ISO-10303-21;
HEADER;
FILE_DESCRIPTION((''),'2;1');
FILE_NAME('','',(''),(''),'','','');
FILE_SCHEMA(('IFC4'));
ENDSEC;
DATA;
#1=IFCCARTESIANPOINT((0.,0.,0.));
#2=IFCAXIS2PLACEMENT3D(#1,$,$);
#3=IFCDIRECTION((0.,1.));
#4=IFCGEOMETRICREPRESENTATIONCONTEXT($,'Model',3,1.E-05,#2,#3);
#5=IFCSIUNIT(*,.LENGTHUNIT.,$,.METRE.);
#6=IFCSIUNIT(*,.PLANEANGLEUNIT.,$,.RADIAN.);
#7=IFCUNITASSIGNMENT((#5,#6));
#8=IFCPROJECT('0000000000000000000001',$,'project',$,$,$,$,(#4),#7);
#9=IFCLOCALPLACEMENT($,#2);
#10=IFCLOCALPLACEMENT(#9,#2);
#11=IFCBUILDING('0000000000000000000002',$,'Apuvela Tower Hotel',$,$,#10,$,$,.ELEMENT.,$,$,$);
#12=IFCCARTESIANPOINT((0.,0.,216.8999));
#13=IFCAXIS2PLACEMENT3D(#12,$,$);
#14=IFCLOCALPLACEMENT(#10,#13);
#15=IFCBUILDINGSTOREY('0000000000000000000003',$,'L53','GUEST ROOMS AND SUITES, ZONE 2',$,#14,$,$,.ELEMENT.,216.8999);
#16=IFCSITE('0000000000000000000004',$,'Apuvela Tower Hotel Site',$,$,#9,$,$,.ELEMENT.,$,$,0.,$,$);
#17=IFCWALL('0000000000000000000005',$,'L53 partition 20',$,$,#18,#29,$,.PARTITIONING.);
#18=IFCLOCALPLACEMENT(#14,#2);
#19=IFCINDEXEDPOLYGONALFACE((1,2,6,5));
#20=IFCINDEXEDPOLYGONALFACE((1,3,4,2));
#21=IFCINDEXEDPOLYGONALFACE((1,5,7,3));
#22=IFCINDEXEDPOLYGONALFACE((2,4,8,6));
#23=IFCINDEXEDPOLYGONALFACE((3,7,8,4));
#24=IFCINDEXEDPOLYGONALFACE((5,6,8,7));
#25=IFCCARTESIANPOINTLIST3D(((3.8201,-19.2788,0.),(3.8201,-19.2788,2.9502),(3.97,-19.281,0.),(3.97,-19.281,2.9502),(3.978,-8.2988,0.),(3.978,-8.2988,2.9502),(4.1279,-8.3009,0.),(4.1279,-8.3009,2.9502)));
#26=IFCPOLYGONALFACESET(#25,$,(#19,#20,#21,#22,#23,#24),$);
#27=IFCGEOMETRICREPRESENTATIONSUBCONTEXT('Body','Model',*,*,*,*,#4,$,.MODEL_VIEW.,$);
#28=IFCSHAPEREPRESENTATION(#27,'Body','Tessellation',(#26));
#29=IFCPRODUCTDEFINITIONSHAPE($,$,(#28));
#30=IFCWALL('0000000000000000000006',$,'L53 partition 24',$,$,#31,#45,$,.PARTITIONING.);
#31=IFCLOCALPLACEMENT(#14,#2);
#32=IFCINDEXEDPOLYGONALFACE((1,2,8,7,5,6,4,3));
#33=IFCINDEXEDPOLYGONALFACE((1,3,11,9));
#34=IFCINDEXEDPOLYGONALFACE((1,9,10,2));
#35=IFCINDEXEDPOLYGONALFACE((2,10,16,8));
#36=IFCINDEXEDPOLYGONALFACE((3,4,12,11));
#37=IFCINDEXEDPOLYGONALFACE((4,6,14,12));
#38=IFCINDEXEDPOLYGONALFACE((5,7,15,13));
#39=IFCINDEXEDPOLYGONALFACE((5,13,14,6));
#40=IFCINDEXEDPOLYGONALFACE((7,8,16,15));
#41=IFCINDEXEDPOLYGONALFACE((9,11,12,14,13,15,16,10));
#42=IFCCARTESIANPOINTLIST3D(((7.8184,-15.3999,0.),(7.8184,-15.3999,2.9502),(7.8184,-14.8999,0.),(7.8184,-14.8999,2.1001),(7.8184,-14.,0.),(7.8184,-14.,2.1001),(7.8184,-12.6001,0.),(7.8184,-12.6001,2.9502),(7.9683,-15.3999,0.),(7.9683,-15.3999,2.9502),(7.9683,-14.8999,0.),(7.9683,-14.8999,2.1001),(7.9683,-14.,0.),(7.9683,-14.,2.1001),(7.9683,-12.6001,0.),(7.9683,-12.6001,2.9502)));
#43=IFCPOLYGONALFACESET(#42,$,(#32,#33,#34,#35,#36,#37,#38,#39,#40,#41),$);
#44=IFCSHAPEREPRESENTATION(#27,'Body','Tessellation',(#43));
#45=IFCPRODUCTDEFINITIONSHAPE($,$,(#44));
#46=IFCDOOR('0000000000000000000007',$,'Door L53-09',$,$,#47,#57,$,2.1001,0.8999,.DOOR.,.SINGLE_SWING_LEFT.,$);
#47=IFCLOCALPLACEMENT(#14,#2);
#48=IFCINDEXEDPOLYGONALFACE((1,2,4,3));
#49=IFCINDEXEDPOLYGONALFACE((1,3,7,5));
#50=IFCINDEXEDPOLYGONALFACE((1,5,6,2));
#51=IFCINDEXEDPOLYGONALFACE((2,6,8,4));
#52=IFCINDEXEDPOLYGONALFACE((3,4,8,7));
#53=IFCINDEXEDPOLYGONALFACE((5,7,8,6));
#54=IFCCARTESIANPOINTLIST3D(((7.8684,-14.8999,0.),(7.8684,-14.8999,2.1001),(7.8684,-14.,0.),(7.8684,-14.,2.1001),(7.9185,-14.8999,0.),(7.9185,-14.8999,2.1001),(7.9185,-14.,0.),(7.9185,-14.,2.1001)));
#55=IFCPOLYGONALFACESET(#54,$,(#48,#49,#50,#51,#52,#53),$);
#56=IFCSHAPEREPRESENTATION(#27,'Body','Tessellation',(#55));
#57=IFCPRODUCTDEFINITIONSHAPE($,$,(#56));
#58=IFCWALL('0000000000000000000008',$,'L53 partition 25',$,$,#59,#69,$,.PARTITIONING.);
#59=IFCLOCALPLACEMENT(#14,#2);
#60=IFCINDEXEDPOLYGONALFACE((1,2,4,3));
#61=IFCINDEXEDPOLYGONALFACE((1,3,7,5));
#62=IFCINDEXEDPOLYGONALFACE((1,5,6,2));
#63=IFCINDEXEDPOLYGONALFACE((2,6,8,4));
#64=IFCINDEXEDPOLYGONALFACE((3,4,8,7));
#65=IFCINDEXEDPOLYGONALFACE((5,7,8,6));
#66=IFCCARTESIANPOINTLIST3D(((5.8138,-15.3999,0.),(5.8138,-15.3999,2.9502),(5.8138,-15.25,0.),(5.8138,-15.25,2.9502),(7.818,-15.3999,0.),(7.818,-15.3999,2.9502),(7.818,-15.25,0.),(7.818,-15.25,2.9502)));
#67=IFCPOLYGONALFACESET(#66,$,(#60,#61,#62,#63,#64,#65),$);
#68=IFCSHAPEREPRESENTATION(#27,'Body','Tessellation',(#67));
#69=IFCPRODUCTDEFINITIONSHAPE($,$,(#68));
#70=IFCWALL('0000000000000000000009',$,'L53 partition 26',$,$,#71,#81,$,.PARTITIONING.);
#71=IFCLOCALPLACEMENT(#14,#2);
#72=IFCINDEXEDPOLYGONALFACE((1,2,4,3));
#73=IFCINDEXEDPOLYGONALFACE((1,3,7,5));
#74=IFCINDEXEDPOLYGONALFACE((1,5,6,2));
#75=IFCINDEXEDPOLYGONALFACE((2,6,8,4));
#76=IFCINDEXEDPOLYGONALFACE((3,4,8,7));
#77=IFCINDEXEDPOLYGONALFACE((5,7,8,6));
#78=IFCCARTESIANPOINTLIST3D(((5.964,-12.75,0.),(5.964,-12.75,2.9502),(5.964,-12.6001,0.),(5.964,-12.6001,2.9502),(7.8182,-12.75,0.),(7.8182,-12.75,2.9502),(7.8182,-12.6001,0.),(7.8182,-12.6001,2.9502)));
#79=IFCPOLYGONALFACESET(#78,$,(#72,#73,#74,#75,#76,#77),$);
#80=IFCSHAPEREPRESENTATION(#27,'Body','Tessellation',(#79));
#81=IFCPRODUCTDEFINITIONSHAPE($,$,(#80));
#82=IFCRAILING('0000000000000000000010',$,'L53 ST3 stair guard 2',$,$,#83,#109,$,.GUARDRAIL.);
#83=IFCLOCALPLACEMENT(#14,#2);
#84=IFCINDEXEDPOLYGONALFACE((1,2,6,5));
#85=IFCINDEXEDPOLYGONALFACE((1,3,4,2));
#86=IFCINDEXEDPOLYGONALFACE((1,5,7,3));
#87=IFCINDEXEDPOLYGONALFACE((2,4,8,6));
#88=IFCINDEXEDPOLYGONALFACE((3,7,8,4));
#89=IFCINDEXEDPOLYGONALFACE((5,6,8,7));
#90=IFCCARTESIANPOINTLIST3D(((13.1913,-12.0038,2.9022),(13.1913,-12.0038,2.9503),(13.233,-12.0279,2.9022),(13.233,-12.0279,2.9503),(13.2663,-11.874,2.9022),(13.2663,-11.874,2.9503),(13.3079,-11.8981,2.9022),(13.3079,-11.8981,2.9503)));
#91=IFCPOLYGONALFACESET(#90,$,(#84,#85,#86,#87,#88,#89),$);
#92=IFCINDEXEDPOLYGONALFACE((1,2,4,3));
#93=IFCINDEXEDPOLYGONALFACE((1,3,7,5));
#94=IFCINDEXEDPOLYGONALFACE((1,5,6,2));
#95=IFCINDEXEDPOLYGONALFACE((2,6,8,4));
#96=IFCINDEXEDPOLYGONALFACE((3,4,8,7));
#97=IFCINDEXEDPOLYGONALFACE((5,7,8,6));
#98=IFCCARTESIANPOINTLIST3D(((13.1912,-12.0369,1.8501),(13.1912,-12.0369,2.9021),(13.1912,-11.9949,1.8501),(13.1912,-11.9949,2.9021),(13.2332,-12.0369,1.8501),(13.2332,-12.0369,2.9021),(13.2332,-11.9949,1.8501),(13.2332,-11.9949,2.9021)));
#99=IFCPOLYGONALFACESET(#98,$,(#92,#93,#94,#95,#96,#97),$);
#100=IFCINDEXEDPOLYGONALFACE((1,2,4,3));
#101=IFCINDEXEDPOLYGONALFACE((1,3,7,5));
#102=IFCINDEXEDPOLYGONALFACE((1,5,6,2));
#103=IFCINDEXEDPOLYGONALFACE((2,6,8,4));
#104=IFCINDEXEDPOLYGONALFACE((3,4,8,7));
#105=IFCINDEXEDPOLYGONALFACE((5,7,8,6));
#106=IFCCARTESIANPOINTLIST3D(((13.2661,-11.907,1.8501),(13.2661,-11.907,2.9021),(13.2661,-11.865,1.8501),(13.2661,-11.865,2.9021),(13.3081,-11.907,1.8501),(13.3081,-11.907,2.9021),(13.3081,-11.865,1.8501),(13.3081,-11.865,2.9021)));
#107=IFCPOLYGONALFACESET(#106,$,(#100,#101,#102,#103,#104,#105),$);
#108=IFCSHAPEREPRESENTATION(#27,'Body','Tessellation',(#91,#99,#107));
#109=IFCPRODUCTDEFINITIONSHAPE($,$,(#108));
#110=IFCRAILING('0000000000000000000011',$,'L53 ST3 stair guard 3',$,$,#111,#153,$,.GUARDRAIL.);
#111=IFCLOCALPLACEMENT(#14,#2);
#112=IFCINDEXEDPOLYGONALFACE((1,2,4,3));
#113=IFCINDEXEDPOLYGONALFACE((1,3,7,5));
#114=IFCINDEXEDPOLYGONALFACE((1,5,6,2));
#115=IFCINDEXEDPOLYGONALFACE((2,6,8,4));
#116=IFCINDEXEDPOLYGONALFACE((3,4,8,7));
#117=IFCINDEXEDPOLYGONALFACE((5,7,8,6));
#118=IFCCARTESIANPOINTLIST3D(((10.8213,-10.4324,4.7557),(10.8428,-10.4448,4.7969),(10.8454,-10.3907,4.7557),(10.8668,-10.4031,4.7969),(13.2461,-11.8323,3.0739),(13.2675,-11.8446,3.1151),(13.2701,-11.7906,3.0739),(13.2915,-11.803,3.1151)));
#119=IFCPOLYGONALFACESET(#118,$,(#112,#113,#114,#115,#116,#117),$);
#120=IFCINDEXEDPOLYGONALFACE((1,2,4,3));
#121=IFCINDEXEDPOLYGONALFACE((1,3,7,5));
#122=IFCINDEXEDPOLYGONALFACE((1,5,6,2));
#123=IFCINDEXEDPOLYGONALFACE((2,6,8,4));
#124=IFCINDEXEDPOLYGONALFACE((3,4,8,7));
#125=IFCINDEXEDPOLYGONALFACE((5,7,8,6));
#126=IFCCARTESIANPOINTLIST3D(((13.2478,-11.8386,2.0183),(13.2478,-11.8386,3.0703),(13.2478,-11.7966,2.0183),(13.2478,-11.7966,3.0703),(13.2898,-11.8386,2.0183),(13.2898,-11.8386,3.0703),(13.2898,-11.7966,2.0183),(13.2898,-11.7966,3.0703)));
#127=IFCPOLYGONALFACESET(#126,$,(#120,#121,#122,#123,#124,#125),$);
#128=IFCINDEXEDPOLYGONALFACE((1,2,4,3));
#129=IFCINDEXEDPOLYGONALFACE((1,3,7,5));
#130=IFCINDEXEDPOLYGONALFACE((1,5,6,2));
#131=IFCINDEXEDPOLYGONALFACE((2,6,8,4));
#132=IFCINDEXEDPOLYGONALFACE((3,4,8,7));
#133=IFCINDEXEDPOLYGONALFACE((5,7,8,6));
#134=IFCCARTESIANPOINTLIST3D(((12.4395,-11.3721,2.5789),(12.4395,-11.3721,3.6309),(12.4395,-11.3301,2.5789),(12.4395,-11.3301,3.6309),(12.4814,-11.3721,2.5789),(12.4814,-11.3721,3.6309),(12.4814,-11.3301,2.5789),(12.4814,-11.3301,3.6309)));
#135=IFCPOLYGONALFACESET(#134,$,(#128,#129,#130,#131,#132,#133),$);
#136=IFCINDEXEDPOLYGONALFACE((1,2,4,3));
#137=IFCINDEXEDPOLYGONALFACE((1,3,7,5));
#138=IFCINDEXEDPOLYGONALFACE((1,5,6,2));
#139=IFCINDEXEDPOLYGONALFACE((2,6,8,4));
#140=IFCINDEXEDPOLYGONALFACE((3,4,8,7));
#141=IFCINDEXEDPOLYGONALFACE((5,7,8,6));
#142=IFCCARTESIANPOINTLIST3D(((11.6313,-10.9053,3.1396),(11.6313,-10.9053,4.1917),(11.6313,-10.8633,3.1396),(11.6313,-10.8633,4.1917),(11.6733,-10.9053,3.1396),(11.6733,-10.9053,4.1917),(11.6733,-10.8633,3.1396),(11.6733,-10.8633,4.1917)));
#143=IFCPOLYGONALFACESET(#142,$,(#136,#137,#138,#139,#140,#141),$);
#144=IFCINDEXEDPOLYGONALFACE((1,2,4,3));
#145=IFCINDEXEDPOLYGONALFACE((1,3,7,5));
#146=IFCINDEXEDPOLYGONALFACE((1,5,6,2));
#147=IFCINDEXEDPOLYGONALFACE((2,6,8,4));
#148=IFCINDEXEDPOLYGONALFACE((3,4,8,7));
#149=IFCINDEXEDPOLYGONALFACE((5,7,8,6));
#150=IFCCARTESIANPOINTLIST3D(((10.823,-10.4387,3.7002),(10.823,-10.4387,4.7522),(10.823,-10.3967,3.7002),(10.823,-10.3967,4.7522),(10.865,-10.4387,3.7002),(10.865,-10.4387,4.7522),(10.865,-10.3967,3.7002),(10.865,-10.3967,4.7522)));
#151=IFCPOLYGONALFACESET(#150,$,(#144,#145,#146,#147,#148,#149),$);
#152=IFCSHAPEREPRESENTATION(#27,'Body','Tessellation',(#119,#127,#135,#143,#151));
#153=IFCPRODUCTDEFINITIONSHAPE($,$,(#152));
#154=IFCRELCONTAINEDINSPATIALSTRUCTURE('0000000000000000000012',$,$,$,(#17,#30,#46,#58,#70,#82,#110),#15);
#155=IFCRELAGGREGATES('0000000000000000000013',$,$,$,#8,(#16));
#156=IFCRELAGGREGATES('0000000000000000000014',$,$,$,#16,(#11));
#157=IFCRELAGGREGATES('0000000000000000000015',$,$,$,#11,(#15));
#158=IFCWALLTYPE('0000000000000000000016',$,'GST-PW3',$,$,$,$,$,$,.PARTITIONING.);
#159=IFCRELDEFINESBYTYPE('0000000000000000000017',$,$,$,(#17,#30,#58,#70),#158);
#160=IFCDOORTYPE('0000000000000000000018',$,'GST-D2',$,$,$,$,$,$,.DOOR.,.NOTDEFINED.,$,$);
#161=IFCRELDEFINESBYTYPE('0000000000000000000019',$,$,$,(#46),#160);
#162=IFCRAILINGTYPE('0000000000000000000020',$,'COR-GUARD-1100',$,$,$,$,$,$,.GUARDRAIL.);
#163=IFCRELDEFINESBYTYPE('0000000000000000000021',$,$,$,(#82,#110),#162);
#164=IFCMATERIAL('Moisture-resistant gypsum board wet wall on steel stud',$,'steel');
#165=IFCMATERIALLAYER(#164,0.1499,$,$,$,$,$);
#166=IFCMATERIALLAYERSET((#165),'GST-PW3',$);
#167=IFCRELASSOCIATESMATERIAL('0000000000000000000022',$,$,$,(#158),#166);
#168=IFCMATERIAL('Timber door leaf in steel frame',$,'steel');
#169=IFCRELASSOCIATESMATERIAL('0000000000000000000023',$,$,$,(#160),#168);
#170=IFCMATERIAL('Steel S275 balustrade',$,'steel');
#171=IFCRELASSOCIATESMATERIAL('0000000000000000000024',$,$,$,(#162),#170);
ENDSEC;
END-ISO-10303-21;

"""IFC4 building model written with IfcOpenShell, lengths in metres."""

from ifc_helpers import new_model, si_unit, direction, frame, frame_2d, origin, origin_2d, place, context, subcontext, project, spatial, rectangle, extrude, material, layer, layer_set, type_object, element, fill, save


model = new_model("IFC4")

# Units and contexts
model_context = context("Model", 3, precision=1e-05, world=origin(), true_north=direction((0.0, 1.0)))
body_context = subcontext(model_context, "Body", "Model", "MODEL_VIEW")
ifc_project = project(units=[si_unit("LENGTHUNIT", "METRE"), si_unit("PLANEANGLEUNIT", "RADIAN")], contexts=[model_context])

# Site, building, storey
site_placement = place(None, origin())
site = spatial("IfcSite", under=ifc_project, at=site_placement, Name="Apuvela Tower Hotel Site", CompositionType="ELEMENT", RefElevation=0.0)
building_placement = place(site_placement, origin())
building = spatial("IfcBuilding", under=site, at=building_placement, Name="Apuvela Tower Hotel", CompositionType="ELEMENT")
storey_placement = place(building_placement, frame((0.0, 0.0, 216.8999)))
storey = spatial("IfcBuildingStorey", under=building, at=storey_placement, Name="L53", Description="GUEST ROOMS AND SUITES, ZONE 2", CompositionType="ELEMENT", Elevation=216.8999)

# Wall
ifc_material_1 = material(Name="Moisture-resistant gypsum board wet wall on steel stud", Category="steel")
ifc_layer_1 = layer(ifc_material_1, 0.1499)
ifc_layer_set_1 = layer_set([ifc_layer_1], Name="GST-PW3")
wall_type_1 = type_object("IfcWallType", Name="GST-PW3", PredefinedType="PARTITIONING", material=ifc_layer_set_1)
wall_1_placement = place(storey_placement, frame((3.895, -19.28, 0.0), z_axis=(0.0, 0.0, 1.0), x_axis=(0.014385, 0.999897, 0.0)))
element("IfcWall", 1, at=wall_1_placement, inside=storey, type_object=wall_type_1, Name="L53 partition 20", PredefinedType="PARTITIONING", context=body_context, shape_type="SweptSolid", body=[
    extrude(rectangle(XDim=10.9812, YDim=0.1499, at=frame_2d((5.4907, 0.0))), origin(), (0.0, 0.0, 1.0), 2.9502),
])

# Wall, opening, door
wall_2_placement = place(storey_placement, frame((7.8933, -15.3999, 0.0), z_axis=(0.0, 0.0, 1.0), x_axis=(0.0, 1.0, 0.0)))
wall_2 = element("IfcWall", 2, at=wall_2_placement, inside=storey, type_object=wall_type_1, Name="L53 partition 24", PredefinedType="PARTITIONING", context=body_context, shape_type="SweptSolid", body=[
    extrude(rectangle(XDim=2.7998, YDim=0.1499, at=frame_2d((1.3999, 0.0))), origin(), (0.0, 0.0, 1.0), 2.9502),
])
opening_1_placement = place(wall_2_placement, frame((0.5, 0.0, 0.0)))
opening_1 = element("IfcOpeningElement", 3, at=opening_1_placement, cuts=wall_2, PredefinedType="OPENING", context=body_context, shape_type="SweptSolid", body=[
    extrude(rectangle(XDim=0.8999, YDim=2.1001, at=frame_2d((0.45, 1.05))), frame((0.0, 0.085, 0.0), z_axis=(0.0, -1.0, 0.0), x_axis=(1.0, 0.0, 0.0)), (0.0, 0.0, 1.0), 0.1699),
])
ifc_material_2 = material(Name="Timber door leaf in steel frame", Category="steel")
door_type_1 = type_object("IfcDoorType", Name="GST-D2", OperationType="NOTDEFINED", PredefinedType="DOOR", material=ifc_material_2)
door_1_placement = place(opening_1_placement, origin())
door_1 = element("IfcDoor", 4, at=door_1_placement, inside=storey, type_object=door_type_1, Name="Door L53-09", OperationType="SINGLE_SWING_LEFT", OverallHeight=2.1001, OverallWidth=0.8999, PredefinedType="DOOR", context=body_context, shape_type="SweptSolid", body=[
    extrude(rectangle(XDim=0.8999, YDim=2.1001, at=frame_2d((0.45, 1.05))), frame((0.0, 0.0249, 0.0), z_axis=(0.0, -1.0, 0.0), x_axis=(1.0, 0.0, 0.0)), (0.0, 0.0, 1.0), 0.05),
])
fill(opening_1, door_1)

# Walls
wall_3_placement = place(storey_placement, frame((5.814, -15.325, 0.0), z_axis=(0.0, 0.0, 1.0), x_axis=(1.0, 0.0, 0.0)))
element("IfcWall", 5, at=wall_3_placement, inside=storey, type_object=wall_type_1, Name="L53 partition 25", PredefinedType="PARTITIONING", context=body_context, shape_type="SweptSolid", body=[
    extrude(rectangle(XDim=2.0042, YDim=0.1499, at=frame_2d((1.002, 0.0))), origin(), (0.0, 0.0, 1.0), 2.9502),
])
wall_4_placement = place(storey_placement, frame((5.9639, -12.675, 0.0), z_axis=(0.0, 0.0, 1.0), x_axis=(1.0, 0.0, 0.0)))
element("IfcWall", 6, at=wall_4_placement, inside=storey, type_object=wall_type_1, Name="L53 partition 26", PredefinedType="PARTITIONING", context=body_context, shape_type="SweptSolid", body=[
    extrude(rectangle(XDim=1.8542, YDim=0.1499, at=frame_2d((0.9272, 0.0))), origin(), (0.0, 0.0, 1.0), 2.9502),
])

# Railings
ifc_material_3 = material(Name="Steel S275 balustrade", Category="steel")
railing_type_1 = type_object("IfcRailingType", Name="COR-GUARD-1100", PredefinedType="GUARDRAIL", material=ifc_material_3)
railing_1_placement = place(storey_placement, frame((13.2122, -12.0159, 1.8501)))
element("IfcRailing", 7, at=railing_1_placement, inside=storey, type_object=railing_type_1, Name="L53 ST3 stair guard 2", PredefinedType="GUARDRAIL", context=body_context, shape_type="SweptSolid", body=[
    extrude(rectangle(XDim=0.0481, YDim=0.0481, at=origin_2d()), frame((0.0, 0.0, 1.0762), z_axis=(0.499816, 0.866131, 0.0), x_axis=(-0.866131, 0.499816, 0.0)), (0.0, 0.0, 1.0), 0.1499),
    extrude(rectangle(XDim=0.042, YDim=0.042, at=origin_2d()), origin(), (0.0, 0.0, 1.0), 1.052),
    extrude(rectangle(XDim=0.042, YDim=0.042, at=origin_2d()), frame((0.075, 0.1299, 0.0)), (0.0, 0.0, 1.0), 1.052),
])
railing_2_placement = place(storey_placement, frame((13.2688, -11.8176, 2.0183)))
element("IfcRailing", 8, at=railing_2_placement, inside=storey, type_object=railing_type_1, Name="L53 ST3 stair guard 3", PredefinedType="GUARDRAIL", context=body_context, shape_type="SweptSolid", body=[
    extrude(rectangle(XDim=0.0481, YDim=0.0481, at=origin_2d()), frame((0.0, 0.0, 1.0762), z_axis=(-0.74239, 0.428601, 0.514934), x_axis=(-0.499984, -0.866035, 0.0)), (0.0, 0.0, 1.0), 3.2661),
    extrude(rectangle(XDim=0.042, YDim=0.042, at=origin_2d()), origin(), (0.0, 0.0, 1.0), 1.052),
    extrude(rectangle(XDim=0.042, YDim=0.042, at=origin_2d()), frame((-0.8083, 0.4666, 0.5605)), (0.0, 0.0, 1.0), 1.052),
    extrude(rectangle(XDim=0.042, YDim=0.042, at=origin_2d()), frame((-1.6165, 0.9333, 1.1213)), (0.0, 0.0, 1.0), 1.052),
    extrude(rectangle(XDim=0.042, YDim=0.042, at=origin_2d()), frame((-2.4248, 1.3999, 1.6819)), (0.0, 0.0, 1.0), 1.052),
])

save(model, "model.ifc")
